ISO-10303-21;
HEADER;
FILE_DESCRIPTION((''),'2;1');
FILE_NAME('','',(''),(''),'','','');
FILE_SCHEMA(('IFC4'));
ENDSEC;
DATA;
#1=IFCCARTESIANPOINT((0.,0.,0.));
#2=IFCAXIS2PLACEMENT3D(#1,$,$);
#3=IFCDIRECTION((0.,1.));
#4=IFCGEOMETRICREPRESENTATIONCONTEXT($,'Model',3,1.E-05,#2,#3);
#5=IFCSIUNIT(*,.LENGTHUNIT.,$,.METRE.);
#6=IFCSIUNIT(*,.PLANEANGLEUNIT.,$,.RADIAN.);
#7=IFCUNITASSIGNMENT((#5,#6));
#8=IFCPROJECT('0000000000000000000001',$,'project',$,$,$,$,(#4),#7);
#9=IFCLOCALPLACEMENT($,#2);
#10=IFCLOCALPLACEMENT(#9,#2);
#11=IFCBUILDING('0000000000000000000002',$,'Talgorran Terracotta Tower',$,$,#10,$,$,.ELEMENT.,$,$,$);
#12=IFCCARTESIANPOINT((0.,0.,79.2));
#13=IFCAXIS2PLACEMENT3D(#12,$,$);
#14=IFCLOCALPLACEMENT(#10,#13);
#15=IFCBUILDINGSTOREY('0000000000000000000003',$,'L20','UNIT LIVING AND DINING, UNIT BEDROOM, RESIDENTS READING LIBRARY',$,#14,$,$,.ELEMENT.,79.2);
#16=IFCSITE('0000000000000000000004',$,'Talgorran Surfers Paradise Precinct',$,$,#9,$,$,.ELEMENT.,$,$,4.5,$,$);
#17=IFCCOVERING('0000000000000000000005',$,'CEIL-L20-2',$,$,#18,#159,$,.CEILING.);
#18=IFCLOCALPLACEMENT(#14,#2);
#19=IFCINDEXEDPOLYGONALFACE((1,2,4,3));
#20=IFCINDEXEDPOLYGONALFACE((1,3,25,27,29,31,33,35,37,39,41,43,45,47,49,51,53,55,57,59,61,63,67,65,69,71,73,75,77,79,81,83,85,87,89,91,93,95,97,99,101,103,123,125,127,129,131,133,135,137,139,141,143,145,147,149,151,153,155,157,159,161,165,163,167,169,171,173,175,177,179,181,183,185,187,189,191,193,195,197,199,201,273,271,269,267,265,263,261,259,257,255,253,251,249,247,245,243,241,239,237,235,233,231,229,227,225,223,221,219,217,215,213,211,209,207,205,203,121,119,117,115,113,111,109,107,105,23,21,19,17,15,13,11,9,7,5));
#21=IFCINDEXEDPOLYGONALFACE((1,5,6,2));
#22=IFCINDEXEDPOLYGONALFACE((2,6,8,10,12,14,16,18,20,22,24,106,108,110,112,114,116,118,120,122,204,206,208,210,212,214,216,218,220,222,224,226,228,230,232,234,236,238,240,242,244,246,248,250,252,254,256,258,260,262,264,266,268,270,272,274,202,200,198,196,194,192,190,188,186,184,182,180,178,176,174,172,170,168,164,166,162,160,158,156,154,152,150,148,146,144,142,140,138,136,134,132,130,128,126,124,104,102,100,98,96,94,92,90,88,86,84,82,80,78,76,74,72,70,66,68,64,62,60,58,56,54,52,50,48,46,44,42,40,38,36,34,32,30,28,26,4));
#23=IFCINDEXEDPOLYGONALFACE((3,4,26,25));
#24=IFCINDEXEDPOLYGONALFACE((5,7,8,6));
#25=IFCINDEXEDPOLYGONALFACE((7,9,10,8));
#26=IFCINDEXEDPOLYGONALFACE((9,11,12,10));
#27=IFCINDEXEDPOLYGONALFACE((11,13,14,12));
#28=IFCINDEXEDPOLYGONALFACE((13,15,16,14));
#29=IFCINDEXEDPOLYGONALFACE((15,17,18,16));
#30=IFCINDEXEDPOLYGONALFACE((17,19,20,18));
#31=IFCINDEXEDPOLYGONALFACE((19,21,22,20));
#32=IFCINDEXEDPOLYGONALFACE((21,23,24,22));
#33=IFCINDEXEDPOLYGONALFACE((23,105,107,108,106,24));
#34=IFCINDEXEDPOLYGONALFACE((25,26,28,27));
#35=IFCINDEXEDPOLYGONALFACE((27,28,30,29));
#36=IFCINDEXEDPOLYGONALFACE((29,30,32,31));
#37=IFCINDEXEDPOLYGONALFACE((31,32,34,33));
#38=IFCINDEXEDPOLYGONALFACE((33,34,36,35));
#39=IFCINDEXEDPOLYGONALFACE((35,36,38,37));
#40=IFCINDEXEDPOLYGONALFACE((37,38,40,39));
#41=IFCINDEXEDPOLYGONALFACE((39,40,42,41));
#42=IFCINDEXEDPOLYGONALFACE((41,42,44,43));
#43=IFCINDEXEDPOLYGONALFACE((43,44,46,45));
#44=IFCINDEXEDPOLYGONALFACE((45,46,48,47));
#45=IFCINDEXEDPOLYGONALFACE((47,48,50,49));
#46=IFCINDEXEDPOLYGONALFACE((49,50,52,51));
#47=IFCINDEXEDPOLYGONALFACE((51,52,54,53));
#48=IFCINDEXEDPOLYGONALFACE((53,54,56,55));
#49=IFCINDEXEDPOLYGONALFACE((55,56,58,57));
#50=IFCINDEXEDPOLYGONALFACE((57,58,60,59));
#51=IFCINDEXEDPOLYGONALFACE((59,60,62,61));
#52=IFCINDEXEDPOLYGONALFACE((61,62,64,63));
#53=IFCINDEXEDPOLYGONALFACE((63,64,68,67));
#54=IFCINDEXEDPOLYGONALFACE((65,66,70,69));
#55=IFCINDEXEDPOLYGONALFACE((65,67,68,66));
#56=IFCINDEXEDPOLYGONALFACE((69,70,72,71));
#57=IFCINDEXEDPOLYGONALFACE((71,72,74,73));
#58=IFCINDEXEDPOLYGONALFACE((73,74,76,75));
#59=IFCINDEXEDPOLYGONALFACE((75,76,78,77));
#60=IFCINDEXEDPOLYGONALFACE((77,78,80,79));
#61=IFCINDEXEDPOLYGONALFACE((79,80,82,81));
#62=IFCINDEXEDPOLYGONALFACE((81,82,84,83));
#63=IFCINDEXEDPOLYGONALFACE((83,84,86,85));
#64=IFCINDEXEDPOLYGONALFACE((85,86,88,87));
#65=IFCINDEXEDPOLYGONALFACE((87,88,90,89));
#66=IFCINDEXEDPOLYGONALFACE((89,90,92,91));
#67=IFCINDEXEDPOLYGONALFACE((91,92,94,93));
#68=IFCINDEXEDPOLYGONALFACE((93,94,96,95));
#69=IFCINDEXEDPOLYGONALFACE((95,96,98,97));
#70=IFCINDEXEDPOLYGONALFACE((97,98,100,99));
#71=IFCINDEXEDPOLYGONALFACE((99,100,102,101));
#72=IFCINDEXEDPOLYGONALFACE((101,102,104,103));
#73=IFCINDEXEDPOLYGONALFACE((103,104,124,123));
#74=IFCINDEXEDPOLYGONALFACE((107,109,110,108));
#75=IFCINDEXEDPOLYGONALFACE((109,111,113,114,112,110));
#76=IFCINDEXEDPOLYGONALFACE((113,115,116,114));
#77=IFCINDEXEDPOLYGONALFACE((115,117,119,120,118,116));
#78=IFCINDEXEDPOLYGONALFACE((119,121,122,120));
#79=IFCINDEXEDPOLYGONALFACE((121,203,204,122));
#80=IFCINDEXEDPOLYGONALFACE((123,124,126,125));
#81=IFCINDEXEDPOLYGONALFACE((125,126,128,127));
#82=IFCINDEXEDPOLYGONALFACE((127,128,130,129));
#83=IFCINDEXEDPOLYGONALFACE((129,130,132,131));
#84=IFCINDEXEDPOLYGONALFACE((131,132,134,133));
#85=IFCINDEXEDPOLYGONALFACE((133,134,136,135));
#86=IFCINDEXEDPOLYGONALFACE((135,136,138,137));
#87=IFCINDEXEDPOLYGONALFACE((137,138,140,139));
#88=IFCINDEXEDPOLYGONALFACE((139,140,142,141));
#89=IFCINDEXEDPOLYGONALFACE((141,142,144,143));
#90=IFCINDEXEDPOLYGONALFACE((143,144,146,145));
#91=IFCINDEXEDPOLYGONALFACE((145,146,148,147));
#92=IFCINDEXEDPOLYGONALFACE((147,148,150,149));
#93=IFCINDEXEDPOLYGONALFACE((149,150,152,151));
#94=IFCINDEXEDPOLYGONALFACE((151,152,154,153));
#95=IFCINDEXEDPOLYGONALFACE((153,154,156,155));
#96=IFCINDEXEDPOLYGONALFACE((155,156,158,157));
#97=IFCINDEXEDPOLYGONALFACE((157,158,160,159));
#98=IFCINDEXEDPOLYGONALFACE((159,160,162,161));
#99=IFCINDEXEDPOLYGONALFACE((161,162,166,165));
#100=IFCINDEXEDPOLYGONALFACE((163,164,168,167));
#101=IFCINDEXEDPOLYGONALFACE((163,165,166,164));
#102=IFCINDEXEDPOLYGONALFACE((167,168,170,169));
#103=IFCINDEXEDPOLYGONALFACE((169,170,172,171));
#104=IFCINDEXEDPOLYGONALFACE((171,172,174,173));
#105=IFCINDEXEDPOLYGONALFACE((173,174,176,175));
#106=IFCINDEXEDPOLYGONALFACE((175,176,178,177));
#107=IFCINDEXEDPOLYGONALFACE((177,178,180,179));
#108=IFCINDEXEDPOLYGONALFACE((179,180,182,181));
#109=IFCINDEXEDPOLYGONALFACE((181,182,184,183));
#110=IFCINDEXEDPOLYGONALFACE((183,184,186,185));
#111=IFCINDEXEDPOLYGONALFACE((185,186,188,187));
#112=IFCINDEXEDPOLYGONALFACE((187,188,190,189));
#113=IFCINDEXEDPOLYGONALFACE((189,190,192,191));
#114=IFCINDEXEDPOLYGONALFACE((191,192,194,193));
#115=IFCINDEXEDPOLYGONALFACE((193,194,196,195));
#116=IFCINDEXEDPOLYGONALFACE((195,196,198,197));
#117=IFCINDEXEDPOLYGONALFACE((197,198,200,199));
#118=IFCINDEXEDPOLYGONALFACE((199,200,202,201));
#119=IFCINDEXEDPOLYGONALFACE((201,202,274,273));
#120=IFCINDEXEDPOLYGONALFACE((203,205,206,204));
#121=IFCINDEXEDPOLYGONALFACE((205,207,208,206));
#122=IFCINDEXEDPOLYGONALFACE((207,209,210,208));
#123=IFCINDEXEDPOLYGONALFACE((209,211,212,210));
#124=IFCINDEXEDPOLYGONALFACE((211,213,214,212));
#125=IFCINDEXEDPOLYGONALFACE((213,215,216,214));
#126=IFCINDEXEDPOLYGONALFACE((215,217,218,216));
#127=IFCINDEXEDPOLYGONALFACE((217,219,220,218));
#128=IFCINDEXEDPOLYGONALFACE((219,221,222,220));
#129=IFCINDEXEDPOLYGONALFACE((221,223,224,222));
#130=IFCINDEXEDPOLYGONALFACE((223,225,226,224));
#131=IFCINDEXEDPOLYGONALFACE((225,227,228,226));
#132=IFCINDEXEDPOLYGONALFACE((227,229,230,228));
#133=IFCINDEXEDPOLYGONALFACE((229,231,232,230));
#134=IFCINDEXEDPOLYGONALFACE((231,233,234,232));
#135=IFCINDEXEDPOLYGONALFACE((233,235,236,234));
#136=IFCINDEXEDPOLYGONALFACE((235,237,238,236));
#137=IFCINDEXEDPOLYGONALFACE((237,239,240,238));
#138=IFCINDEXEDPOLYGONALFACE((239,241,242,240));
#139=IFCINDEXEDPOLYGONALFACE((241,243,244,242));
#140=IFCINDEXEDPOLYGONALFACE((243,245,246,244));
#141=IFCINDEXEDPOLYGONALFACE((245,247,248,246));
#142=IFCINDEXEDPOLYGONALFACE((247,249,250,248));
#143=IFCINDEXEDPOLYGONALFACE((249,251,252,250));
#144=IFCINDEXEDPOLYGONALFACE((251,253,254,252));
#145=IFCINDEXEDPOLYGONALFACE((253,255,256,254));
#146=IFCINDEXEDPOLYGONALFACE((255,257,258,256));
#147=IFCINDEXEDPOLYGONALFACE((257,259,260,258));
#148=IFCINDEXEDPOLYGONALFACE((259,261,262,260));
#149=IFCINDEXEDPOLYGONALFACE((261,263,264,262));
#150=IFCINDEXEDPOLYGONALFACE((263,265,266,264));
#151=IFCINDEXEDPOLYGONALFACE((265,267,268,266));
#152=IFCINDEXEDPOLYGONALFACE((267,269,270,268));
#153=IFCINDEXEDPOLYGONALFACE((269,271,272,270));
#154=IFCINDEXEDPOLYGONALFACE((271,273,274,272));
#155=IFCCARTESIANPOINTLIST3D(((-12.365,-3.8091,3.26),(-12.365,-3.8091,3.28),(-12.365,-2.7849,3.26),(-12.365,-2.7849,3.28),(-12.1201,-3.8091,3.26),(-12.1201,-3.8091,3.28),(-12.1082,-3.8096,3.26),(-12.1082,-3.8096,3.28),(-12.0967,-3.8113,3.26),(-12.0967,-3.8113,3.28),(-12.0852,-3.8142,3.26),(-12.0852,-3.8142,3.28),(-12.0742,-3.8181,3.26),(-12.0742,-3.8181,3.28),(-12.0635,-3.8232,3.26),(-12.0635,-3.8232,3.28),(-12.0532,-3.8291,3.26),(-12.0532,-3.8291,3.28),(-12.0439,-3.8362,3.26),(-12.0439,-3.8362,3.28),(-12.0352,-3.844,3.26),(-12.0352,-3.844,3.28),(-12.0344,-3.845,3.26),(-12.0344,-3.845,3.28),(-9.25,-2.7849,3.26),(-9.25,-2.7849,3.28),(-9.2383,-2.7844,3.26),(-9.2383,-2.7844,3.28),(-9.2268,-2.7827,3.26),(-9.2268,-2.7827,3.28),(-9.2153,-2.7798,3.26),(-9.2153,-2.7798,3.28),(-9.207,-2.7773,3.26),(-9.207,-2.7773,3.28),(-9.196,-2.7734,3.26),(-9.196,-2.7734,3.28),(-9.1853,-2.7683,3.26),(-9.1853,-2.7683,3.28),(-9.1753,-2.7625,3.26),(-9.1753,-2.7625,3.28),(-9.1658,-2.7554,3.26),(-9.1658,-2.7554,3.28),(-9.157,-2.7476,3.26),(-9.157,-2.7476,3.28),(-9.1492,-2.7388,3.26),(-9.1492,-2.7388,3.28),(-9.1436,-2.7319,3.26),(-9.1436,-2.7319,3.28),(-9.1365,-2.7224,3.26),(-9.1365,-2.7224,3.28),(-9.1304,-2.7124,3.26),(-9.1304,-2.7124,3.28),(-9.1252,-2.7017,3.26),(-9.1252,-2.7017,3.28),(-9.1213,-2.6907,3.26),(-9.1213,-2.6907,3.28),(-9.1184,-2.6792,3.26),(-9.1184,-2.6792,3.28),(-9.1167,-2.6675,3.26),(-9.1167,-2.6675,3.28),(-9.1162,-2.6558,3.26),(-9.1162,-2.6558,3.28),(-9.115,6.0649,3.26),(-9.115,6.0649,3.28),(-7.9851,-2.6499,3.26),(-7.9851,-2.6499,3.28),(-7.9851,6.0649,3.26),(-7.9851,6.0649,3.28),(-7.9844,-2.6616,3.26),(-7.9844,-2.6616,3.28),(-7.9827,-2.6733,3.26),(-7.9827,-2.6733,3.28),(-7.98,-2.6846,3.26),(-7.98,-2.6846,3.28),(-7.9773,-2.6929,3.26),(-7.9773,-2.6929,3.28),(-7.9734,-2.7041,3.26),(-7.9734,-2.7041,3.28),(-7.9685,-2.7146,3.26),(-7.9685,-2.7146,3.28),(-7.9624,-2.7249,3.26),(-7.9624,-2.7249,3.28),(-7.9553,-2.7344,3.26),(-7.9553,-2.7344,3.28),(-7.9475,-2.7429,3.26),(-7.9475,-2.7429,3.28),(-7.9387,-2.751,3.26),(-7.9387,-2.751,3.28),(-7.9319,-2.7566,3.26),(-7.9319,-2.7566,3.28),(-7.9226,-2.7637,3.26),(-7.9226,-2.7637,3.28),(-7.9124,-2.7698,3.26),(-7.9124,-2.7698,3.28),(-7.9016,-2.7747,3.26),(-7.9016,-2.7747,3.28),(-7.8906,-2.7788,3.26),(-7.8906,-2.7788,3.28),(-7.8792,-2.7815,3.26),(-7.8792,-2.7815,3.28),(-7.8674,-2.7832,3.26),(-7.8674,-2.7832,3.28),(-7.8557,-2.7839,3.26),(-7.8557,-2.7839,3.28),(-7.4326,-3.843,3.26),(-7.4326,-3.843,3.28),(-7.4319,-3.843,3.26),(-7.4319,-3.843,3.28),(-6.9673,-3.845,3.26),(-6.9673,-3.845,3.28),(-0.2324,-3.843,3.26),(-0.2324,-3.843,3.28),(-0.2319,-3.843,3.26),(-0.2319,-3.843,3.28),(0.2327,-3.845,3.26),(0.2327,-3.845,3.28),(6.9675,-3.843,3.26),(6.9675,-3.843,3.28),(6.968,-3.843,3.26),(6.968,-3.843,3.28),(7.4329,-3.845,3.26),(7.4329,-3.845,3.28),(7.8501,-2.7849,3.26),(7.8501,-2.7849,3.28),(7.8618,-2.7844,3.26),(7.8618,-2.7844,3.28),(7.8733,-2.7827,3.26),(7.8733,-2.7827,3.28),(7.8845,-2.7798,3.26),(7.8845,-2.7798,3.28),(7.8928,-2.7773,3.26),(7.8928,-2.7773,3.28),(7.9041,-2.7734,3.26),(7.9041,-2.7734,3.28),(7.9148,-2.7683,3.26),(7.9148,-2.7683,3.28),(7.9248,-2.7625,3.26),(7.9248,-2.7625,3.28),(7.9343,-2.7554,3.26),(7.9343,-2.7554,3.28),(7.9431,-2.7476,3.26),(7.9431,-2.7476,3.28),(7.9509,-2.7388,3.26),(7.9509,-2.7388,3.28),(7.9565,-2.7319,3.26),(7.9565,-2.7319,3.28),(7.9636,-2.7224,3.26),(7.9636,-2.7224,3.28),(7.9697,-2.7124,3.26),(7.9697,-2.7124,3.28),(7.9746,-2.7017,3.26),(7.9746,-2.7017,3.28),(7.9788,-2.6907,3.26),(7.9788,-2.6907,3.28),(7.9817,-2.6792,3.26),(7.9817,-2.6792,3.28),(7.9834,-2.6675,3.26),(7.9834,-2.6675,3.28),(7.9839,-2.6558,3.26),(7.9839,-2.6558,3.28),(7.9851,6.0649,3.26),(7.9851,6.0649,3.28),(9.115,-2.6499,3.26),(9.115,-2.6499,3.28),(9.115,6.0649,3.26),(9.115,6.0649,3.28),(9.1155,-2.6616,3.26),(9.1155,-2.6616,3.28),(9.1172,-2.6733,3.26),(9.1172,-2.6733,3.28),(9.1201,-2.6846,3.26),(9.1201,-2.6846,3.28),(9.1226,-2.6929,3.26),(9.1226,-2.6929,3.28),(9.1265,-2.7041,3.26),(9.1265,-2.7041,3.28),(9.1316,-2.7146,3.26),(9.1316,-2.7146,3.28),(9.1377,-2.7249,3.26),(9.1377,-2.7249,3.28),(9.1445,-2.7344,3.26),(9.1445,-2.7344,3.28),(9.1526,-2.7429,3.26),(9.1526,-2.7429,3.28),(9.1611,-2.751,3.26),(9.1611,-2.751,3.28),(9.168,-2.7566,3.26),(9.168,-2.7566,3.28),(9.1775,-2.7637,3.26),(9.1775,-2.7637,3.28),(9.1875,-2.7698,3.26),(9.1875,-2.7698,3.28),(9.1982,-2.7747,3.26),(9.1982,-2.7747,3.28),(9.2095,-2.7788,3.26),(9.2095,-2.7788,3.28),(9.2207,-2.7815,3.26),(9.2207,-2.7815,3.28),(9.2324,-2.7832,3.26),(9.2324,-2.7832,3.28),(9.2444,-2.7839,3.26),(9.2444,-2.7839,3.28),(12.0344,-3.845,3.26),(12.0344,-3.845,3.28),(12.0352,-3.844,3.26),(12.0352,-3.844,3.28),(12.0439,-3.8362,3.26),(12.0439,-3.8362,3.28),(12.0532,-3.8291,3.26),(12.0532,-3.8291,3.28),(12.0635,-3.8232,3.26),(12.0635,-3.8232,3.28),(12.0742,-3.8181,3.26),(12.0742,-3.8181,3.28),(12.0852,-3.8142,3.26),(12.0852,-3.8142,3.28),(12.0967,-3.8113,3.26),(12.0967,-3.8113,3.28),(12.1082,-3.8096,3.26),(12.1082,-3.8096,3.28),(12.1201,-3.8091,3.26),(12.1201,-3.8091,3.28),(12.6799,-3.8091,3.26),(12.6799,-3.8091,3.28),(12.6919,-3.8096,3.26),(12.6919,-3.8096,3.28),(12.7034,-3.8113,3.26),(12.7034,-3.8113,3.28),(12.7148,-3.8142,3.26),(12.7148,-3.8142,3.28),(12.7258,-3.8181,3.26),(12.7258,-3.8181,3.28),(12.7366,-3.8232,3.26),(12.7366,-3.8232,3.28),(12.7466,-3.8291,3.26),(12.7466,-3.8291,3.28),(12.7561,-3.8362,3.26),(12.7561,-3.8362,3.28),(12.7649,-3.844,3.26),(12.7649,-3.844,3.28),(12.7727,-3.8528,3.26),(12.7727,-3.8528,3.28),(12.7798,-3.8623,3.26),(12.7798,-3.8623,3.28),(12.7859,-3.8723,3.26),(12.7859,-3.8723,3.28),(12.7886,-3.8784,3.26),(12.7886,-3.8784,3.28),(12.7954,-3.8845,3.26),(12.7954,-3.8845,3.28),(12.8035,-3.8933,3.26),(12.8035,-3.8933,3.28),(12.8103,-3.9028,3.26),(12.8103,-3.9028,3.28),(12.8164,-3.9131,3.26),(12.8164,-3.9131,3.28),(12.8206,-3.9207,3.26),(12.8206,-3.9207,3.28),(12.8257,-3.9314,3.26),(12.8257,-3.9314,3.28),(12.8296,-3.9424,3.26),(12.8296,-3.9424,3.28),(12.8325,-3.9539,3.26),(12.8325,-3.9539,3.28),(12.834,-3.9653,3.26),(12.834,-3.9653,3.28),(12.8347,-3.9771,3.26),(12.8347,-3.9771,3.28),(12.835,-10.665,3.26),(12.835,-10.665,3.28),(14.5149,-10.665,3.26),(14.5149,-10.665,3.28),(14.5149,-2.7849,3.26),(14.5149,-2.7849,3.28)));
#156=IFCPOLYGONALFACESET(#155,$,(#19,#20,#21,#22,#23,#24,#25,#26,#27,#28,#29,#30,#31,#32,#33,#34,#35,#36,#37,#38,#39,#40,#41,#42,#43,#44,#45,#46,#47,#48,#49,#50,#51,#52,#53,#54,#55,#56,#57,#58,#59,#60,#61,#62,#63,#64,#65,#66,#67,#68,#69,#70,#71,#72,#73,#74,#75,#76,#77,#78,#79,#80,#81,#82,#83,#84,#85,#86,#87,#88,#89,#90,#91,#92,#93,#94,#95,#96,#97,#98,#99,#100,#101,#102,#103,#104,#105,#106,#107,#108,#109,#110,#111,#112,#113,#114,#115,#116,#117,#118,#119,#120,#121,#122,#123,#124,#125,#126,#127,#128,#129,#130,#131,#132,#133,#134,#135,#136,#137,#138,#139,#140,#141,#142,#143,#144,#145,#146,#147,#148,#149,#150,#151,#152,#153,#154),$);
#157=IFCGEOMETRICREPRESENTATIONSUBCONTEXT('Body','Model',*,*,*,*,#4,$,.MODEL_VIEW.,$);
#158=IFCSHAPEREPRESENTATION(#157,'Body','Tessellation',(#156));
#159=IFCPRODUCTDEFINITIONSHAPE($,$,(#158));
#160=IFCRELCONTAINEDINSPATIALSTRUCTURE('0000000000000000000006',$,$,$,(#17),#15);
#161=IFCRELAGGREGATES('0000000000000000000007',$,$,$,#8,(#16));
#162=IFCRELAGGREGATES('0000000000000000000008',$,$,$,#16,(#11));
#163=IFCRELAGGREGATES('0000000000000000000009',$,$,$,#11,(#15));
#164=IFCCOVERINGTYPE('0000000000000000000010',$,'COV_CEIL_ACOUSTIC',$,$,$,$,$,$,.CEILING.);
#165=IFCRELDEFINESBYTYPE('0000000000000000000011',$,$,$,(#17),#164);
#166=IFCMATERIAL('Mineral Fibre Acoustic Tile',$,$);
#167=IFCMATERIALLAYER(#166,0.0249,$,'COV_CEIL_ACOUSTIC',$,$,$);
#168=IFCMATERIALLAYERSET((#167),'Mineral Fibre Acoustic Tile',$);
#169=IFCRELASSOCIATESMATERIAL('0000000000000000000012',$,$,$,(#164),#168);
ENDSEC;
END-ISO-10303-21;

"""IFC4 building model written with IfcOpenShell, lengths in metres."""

from ifc_helpers import new_model, si_unit, direction, frame, origin, place, context, subcontext, project, spatial, polyline, outline, extrude, material, layer, layer_set, type_object, element, save


model = new_model("IFC4")

# Units and contexts
model_context = context("Model", 3, precision=1e-05, world=origin(), true_north=direction((0.0, 1.0)))
body_context = subcontext(model_context, "Body", "Model", "MODEL_VIEW")
ifc_project = project(units=[si_unit("LENGTHUNIT", "METRE"), si_unit("PLANEANGLEUNIT", "RADIAN")], contexts=[model_context])

# Site, building, storey
site_placement = place(None, origin())
site = spatial("IfcSite", under=ifc_project, at=site_placement, Name="Talgorran Surfers Paradise Precinct", CompositionType="ELEMENT", RefElevation=4.5)
building_placement = place(site_placement, origin())
building = spatial("IfcBuilding", under=site, at=building_placement, Name="Talgorran Terracotta Tower", CompositionType="ELEMENT")
storey_placement = place(building_placement, frame((0.0, 0.0, 79.2)))
storey = spatial("IfcBuildingStorey", under=building, at=storey_placement, Name="L20", Description="UNIT LIVING AND DINING, UNIT BEDROOM, RESIDENTS READING LIBRARY", CompositionType="ELEMENT", Elevation=79.2)

# Covering
ifc_material_1 = material(Name="Mineral Fibre Acoustic Tile")
ifc_layer_1 = layer(ifc_material_1, 0.0249, Name="COV_CEIL_ACOUSTIC")
ifc_layer_set_1 = layer_set([ifc_layer_1], Name="Mineral Fibre Acoustic Tile")
covering_type_1 = type_object("IfcCoveringType", Name="COV_CEIL_ACOUSTIC", PredefinedType="CEILING", material=ifc_layer_set_1)
covering_1_placement = place(storey_placement, frame((0.0, 0.0, 3.26)))
element("IfcCovering", 1, at=covering_1_placement, inside=storey, type_object=covering_type_1, Name="CEIL-L20-2", PredefinedType="CEILING", context=body_context, shape_type="SweptSolid", body=[
    extrude(outline(polyline([(-12.0344, -3.845), (-12.0352, -3.844), (-12.0439, -3.8362), (-12.0532, -3.8291), (-12.0635, -3.8232), (-12.0742, -3.8181), (-12.0852, -3.8142), (-12.0967, -3.8113), (-12.1082, -3.8096), (-12.1201, -3.8091), (-12.365, -3.8091), (-12.365, -2.7849), (-9.25, -2.7849), (-9.2383, -2.7844), (-9.2268, -2.7827), (-9.2153, -2.7798), (-9.207, -2.7773), (-9.196, -2.7734), (-9.1853, -2.7683), (-9.1753, -2.7625), (-9.1658, -2.7554), (-9.157, -2.7476), (-9.1492, -2.7388), (-9.1436, -2.7319), (-9.1365, -2.7224), (-9.1304, -2.7124), (-9.1252, -2.7017), (-9.1213, -2.6907), (-9.1184, -2.6792), (-9.1167, -2.6675), (-9.1162, -2.6558), (-9.115, 6.0649), (-7.9851, 6.0649), (-7.9851, -2.6499), (-7.9844, -2.6616), (-7.9827, -2.6733), (-7.98, -2.6846), (-7.9773, -2.6929), (-7.9734, -2.7041), (-7.9685, -2.7146), (-7.9624, -2.7249), (-7.9553, -2.7344), (-7.9475, -2.7429), (-7.9387, -2.751), (-7.9319, -2.7566), (-7.9226, -2.7637), (-7.9124, -2.7698), (-7.9016, -2.7747), (-7.8906, -2.7788), (-7.8792, -2.7815), (-7.8674, -2.7832), (-7.8557, -2.7839), (7.8501, -2.7849), (7.8618, -2.7844), (7.8733, -2.7827), (7.8845, -2.7798), (7.8928, -2.7773), (7.9041, -2.7734), (7.9148, -2.7683), (7.9248, -2.7625), (7.9343, -2.7554), (7.9431, -2.7476), (7.9509, -2.7388), (7.9565, -2.7319), (7.9636, -2.7224), (7.9697, -2.7124), (7.9746, -2.7017), (7.9788, -2.6907), (7.9817, -2.6792), (7.9834, -2.6675), (7.9839, -2.6558), (7.9851, 6.0649), (9.115, 6.0649), (9.115, -2.6499), (9.1155, -2.6616), (9.1172, -2.6733), (9.1201, -2.6846), (9.1226, -2.6929), (9.1265, -2.7041), (9.1316, -2.7146), (9.1377, -2.7249), (9.1445, -2.7344), (9.1526, -2.7429), (9.1611, -2.751), (9.168, -2.7566), (9.1775, -2.7637), (9.1875, -2.7698), (9.1982, -2.7747), (9.2095, -2.7788), (9.2207, -2.7815), (9.2324, -2.7832), (9.2444, -2.7839), (14.5149, -2.7849), (14.5149, -10.665), (12.835, -10.665), (12.8347, -3.9771), (12.834, -3.9653), (12.8325, -3.9539), (12.8296, -3.9424), (12.8257, -3.9314), (12.8206, -3.9207), (12.8164, -3.9131), (12.8103, -3.9028), (12.8035, -3.8933), (12.7954, -3.8845), (12.7886, -3.8784), (12.7859, -3.8723), (12.7798, -3.8623), (12.7727, -3.8528), (12.7649, -3.844), (12.7561, -3.8362), (12.7466, -3.8291), (12.7366, -3.8232), (12.7258, -3.8181), (12.7148, -3.8142), (12.7034, -3.8113), (12.6919, -3.8096), (12.6799, -3.8091), (12.1201, -3.8091), (12.1082, -3.8096), (12.0967, -3.8113), (12.0852, -3.8142), (12.0742, -3.8181), (12.0635, -3.8232), (12.0532, -3.8291), (12.0439, -3.8362), (12.0352, -3.844), (12.0344, -3.845), (7.4329, -3.845), (6.968, -3.843), (6.9675, -3.843), (0.2327, -3.845), (-0.2319, -3.843), (-0.2324, -3.843), (-6.9673, -3.845), (-7.4319, -3.843), (-7.4326, -3.843), (-12.0344, -3.845)])), origin(), (0.0, 0.0, 1.0), 0.02),
])

save(model, "model.ifc")
